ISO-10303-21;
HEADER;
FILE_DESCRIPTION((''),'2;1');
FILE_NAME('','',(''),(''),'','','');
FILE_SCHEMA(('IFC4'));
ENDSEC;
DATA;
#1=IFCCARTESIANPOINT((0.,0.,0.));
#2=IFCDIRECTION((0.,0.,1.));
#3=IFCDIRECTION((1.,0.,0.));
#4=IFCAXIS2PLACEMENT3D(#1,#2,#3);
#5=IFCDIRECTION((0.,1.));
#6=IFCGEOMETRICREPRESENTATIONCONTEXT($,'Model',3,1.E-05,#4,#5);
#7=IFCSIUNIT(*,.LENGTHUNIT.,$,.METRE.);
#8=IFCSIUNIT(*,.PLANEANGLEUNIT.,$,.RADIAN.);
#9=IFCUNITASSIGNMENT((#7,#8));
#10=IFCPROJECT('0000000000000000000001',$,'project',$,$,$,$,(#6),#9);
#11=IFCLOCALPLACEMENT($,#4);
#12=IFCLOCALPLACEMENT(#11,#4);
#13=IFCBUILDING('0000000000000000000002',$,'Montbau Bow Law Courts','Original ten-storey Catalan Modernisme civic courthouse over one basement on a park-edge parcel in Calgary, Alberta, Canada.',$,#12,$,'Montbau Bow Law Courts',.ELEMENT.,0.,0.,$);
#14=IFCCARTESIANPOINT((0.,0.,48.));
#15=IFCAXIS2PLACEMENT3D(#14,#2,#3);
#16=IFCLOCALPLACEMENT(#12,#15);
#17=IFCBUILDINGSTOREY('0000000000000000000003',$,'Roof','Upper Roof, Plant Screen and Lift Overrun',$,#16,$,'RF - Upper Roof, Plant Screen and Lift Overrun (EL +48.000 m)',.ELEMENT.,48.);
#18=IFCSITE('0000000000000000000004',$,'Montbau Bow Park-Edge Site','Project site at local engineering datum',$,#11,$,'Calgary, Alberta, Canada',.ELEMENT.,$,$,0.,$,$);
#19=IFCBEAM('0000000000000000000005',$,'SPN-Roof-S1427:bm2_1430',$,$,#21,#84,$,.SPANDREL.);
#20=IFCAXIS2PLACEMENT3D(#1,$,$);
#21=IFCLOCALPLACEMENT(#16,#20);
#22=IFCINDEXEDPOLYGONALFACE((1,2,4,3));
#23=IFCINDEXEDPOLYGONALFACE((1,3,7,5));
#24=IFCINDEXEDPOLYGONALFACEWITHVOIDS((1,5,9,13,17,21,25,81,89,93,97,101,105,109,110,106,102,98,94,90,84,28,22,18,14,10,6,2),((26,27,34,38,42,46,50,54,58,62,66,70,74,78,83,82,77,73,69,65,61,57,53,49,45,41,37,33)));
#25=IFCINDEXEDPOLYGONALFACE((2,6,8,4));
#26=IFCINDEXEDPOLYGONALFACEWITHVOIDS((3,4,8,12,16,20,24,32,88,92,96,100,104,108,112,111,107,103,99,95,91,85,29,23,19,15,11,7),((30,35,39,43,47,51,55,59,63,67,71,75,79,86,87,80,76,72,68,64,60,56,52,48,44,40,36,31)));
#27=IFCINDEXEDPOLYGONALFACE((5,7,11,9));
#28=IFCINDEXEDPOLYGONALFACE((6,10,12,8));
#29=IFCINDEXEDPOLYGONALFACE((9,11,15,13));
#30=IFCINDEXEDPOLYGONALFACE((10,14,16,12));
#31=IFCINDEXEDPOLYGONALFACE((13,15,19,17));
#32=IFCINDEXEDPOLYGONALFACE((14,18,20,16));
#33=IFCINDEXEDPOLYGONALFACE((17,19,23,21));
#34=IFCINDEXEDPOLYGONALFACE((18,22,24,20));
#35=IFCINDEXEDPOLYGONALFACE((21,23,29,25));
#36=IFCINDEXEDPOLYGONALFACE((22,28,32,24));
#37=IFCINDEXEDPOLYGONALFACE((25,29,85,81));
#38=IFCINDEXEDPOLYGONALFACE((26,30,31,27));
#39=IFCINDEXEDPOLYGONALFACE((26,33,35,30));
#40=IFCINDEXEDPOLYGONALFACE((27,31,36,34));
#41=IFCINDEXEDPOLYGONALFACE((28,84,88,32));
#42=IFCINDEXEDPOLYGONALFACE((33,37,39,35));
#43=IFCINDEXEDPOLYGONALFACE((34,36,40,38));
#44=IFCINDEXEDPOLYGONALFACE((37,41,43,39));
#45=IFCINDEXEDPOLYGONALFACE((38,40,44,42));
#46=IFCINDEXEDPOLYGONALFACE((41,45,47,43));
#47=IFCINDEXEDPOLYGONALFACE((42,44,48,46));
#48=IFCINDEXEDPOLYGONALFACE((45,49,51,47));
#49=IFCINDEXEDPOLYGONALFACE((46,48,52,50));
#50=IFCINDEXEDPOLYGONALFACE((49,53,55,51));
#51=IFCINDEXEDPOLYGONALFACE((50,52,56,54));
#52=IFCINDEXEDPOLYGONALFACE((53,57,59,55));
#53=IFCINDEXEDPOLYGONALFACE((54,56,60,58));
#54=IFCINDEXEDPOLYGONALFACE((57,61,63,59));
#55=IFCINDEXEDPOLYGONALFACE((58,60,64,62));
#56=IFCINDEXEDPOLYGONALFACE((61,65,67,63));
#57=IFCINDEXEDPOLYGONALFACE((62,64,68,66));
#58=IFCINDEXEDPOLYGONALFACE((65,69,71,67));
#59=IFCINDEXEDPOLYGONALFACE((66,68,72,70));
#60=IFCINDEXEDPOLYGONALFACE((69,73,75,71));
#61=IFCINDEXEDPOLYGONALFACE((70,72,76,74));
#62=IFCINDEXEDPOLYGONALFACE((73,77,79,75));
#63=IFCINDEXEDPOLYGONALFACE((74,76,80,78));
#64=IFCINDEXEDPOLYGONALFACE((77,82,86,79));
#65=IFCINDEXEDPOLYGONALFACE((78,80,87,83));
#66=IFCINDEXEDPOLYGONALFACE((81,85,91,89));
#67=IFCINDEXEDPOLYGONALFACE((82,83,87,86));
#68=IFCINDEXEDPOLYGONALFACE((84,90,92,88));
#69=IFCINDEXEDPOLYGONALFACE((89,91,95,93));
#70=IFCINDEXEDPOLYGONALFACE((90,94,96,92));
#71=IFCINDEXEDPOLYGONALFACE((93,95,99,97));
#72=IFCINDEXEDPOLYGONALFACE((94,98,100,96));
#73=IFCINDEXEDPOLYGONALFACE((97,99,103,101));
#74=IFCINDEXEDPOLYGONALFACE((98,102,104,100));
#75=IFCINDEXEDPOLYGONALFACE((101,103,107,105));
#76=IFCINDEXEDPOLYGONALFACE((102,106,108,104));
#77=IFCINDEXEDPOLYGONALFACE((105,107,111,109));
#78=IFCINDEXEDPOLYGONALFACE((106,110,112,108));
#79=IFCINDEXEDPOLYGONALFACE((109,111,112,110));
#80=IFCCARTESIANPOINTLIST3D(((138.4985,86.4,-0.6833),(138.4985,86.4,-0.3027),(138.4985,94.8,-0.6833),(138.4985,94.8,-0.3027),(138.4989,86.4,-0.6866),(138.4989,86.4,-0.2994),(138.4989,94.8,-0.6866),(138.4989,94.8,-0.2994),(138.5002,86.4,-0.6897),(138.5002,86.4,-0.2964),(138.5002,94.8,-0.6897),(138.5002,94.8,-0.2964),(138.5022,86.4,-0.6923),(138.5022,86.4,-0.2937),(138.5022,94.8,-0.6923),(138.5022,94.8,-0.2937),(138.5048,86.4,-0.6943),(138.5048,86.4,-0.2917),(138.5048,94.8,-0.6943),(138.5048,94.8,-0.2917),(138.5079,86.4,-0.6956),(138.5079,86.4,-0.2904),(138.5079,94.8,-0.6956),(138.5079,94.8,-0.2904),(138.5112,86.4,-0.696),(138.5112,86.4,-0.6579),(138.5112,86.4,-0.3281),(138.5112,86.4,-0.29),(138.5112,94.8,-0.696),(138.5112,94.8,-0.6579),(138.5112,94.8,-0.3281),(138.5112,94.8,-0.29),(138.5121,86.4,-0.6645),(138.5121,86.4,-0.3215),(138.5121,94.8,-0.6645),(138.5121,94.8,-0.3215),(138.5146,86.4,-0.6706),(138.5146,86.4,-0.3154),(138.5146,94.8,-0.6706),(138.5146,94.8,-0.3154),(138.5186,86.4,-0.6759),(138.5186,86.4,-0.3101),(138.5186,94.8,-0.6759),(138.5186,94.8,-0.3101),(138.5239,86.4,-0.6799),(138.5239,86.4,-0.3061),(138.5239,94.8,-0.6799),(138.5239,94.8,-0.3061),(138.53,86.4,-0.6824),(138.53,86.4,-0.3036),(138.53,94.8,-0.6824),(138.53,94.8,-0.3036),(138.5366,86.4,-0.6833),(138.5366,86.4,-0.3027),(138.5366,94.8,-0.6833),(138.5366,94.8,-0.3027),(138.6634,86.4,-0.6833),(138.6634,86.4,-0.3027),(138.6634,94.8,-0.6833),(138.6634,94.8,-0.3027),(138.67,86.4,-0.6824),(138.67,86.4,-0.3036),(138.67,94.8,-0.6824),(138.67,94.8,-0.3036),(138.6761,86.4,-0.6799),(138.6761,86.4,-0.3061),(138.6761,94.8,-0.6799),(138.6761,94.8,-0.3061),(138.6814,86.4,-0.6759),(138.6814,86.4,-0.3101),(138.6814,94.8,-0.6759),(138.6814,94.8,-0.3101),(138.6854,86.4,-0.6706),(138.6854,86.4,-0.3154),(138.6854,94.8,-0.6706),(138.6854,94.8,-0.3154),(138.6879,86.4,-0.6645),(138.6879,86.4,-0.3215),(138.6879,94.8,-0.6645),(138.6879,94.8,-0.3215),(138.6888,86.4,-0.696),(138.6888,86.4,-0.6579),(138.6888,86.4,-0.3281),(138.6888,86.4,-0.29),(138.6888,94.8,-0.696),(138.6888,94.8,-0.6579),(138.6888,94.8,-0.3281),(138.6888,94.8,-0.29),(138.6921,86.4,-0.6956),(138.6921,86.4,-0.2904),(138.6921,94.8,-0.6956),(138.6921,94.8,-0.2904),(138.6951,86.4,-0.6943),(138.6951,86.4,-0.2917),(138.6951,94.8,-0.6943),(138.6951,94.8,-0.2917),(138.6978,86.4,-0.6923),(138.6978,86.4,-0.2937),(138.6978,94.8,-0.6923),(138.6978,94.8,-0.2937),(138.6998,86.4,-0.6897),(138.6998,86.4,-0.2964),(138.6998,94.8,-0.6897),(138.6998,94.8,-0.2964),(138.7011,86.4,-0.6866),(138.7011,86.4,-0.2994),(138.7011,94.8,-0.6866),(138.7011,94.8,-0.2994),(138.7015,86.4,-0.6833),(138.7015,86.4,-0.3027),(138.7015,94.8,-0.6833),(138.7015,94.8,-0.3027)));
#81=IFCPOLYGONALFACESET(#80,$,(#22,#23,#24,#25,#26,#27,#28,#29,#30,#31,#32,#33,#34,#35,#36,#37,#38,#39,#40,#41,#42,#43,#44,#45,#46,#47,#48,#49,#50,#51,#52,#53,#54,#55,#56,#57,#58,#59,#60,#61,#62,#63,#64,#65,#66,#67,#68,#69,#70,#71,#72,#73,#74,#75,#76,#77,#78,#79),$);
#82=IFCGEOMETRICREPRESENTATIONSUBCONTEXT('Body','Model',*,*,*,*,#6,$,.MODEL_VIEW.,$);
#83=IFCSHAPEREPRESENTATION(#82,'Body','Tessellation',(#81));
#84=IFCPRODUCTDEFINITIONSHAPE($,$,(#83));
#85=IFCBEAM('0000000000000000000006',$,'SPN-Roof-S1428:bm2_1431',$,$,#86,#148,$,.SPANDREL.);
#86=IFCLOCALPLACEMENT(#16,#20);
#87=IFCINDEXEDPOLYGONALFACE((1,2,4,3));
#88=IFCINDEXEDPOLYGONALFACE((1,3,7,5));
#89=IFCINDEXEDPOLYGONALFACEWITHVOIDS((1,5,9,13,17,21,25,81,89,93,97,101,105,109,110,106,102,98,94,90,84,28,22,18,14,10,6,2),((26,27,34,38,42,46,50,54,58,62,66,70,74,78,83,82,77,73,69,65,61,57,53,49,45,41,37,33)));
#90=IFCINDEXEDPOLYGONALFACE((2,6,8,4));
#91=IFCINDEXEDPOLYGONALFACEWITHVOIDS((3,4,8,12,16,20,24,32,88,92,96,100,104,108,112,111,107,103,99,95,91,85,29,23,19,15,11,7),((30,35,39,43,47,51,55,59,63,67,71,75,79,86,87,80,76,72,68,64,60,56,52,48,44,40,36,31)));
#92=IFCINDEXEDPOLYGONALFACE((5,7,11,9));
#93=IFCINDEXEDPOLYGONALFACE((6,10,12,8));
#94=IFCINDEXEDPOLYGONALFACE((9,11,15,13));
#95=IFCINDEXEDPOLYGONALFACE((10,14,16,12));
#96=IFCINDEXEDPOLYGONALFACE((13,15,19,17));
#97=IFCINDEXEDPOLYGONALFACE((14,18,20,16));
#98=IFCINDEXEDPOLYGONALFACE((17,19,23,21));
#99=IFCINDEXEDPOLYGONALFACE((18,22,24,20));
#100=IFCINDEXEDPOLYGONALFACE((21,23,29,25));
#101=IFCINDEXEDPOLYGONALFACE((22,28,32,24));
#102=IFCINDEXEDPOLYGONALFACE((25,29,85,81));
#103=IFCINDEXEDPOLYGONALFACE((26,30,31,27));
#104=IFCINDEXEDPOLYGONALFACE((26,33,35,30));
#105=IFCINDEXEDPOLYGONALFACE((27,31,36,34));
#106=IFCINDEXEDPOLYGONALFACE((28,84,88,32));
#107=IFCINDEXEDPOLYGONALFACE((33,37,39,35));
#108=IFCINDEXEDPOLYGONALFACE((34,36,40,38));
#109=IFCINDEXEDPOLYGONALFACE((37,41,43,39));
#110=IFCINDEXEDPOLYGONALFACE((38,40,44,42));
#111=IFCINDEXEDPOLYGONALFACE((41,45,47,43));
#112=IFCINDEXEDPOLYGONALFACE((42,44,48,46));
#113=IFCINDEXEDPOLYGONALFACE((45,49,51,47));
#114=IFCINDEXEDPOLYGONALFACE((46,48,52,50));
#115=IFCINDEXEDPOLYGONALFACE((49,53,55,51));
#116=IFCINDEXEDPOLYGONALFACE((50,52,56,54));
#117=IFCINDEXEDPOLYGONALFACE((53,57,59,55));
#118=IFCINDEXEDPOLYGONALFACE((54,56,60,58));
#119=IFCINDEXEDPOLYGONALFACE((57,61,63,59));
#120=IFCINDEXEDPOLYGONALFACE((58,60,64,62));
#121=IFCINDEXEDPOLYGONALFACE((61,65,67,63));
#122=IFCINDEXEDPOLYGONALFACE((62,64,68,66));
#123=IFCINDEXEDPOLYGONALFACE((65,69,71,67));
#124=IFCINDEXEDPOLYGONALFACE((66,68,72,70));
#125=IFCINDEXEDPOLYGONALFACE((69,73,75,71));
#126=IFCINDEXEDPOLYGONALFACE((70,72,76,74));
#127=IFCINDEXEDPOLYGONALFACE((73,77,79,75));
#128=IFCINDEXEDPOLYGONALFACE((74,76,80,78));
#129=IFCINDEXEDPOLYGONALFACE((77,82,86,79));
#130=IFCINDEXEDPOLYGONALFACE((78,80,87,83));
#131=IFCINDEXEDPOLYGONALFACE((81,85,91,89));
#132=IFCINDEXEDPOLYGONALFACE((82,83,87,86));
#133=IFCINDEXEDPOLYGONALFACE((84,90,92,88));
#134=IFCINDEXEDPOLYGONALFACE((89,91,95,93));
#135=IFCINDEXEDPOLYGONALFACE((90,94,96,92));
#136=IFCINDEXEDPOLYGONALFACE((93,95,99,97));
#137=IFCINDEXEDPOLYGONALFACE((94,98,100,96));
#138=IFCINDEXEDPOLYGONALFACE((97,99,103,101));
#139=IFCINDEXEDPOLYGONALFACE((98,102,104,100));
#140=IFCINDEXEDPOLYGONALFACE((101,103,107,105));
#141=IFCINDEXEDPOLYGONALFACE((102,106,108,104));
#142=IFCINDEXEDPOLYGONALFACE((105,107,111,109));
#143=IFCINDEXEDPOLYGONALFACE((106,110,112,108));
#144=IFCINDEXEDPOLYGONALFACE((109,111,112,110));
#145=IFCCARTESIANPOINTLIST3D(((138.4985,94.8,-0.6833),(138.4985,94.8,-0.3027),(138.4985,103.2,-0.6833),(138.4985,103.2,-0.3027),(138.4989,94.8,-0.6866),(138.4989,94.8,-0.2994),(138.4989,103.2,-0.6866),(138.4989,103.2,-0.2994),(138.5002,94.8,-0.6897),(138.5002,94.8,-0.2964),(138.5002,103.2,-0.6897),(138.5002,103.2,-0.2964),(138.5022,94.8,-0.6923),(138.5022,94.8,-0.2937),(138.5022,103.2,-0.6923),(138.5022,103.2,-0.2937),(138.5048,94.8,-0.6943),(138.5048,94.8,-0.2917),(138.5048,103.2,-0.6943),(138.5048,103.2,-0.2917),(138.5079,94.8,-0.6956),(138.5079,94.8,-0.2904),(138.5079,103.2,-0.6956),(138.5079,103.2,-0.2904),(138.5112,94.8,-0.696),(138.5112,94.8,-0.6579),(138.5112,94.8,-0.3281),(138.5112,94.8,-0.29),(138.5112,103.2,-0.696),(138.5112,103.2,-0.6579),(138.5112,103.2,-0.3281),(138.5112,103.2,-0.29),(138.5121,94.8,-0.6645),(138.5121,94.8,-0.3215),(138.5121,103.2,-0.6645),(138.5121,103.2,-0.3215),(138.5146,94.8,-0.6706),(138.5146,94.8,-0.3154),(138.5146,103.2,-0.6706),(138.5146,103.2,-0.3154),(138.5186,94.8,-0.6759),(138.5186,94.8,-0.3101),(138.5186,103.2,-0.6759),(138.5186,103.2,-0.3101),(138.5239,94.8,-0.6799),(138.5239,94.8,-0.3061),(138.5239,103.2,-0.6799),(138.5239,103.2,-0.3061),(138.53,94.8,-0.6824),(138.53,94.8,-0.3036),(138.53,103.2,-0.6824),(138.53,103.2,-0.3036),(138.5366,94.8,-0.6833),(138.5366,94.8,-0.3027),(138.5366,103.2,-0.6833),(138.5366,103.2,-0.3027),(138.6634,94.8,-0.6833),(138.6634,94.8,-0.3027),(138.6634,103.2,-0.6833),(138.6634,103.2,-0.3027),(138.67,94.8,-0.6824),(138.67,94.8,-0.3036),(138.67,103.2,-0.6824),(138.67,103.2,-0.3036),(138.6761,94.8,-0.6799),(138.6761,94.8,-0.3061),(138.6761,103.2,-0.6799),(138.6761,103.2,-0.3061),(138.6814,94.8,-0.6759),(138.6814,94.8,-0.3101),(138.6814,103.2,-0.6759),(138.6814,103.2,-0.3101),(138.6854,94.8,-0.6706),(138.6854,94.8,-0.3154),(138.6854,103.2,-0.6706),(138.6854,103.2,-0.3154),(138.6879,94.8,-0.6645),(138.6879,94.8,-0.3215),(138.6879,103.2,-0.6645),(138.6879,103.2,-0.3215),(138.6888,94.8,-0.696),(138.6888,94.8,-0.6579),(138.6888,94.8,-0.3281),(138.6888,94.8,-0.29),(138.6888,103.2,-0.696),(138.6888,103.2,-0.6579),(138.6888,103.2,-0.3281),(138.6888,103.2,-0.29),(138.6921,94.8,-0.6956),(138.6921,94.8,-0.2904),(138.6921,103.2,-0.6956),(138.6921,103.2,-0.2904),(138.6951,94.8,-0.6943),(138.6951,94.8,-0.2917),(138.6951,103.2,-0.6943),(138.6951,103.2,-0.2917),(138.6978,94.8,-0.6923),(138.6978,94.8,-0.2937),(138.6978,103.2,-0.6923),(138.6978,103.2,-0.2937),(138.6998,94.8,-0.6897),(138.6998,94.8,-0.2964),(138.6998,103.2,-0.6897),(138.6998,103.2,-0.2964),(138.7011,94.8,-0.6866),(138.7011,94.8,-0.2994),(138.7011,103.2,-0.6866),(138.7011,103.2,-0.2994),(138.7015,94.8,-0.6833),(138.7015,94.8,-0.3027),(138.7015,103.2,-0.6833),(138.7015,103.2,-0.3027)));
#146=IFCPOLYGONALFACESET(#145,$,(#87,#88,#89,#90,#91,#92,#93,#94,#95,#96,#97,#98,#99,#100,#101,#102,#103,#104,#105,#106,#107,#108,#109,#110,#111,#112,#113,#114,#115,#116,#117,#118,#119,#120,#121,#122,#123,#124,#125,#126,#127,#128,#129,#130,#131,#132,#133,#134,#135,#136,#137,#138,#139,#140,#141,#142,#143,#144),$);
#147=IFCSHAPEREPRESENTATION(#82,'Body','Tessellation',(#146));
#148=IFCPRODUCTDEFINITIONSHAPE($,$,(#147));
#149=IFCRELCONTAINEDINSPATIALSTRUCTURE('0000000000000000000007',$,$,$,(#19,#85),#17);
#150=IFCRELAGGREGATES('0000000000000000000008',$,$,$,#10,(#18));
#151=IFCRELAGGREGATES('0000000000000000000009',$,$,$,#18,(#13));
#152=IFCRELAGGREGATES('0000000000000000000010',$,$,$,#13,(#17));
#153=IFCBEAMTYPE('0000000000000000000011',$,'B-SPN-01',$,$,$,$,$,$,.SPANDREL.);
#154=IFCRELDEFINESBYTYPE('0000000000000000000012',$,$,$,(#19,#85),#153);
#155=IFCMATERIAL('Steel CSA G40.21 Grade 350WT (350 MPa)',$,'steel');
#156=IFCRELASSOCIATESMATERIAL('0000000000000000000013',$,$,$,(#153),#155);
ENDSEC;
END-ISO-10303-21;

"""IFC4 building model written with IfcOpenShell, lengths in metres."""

from ifc_helpers import new_model, si_unit, direction, frame, origin_with_axes, origin_2d_with_axis, place, context, subcontext, project, spatial, hollow_rectangle, extrude, material, material_profile, profile_set, type_object, element, save


model = new_model("IFC4")

# Units and contexts
model_context = context("Model", 3, precision=1e-05, world=origin_with_axes(), true_north=direction((0.0, 1.0)))
body_context = subcontext(model_context, "Body", "Model", "MODEL_VIEW")
ifc_project = project(units=[si_unit("LENGTHUNIT", "METRE"), si_unit("PLANEANGLEUNIT", "RADIAN")], contexts=[model_context])

# Site, building, storey
site_placement = place(None, origin_with_axes())
site = spatial("IfcSite", under=ifc_project, at=site_placement, Name="Montbau Bow Park-Edge Site", Description="Project site at local engineering datum", LongName="Calgary, Alberta, Canada", CompositionType="ELEMENT", RefElevation=0.0)
building_placement = place(site_placement, origin_with_axes())
building = spatial("IfcBuilding", under=site, at=building_placement, Name="Montbau Bow Law Courts", Description="Original ten-storey Catalan Modernisme civic courthouse over one basement on a park-edge parcel in Calgary, Alberta, Canada.", LongName="Montbau Bow Law Courts", CompositionType="ELEMENT", ElevationOfRefHeight=0.0, ElevationOfTerrain=0.0)
storey_placement = place(building_placement, frame((0.0, 0.0, 48.0), z_axis=(0.0, 0.0, 1.0), x_axis=(1.0, 0.0, 0.0)))
storey = spatial("IfcBuildingStorey", under=building, at=storey_placement, Name="Roof", Description="Upper Roof, Plant Screen and Lift Overrun", LongName="RF - Upper Roof, Plant Screen and Lift Overrun (EL +48.000 m)", CompositionType="ELEMENT", Elevation=48.0)

# Beams
ifc_material_1 = material(Name="Steel CSA G40.21 Grade 350WT (350 MPa)", Category="steel")
ifc_material_profile_1 = material_profile(ifc_material_1, hollow_rectangle(XDim=0.203, YDim=0.406, WallThickness=0.0127, InnerFilletRadius=0.0254, OuterFilletRadius=0.0127, at=origin_2d_with_axis()), Name="HSS406X203X13", Category="Main", Priority=0)
ifc_profile_set_1 = profile_set([ifc_material_profile_1], Name="Steel CSA G40.21 Grade 350WT (350 MPa)")
beam_type_1 = type_object("IfcBeamType", Name="B-SPN-01", PredefinedType="SPANDREL", material=ifc_profile_set_1)
for number, where, z_axis, x_axis, name in (
    (1, (138.6, 86.4, 47.507), (0.0, 1.0, 0.0), (-1.0, 0.0, 0.0), "SPN-Roof-S1427:bm2_1430"),
    (2, (138.6, 94.8, 47.507), (0.0, 1.0, 0.0), (-1.0, 0.0, 0.0), "SPN-Roof-S1428:bm2_1431"),
):
    element("IfcBeam", number, at=place(None, frame(where, z_axis=z_axis, x_axis=x_axis)), inside=storey, type_object=beam_type_1, Name=name, PredefinedType="SPANDREL", context=body_context, shape_type="SweptSolid", body=[
        extrude(hollow_rectangle(XDim=0.203, YDim=0.406, WallThickness=0.0127, InnerFilletRadius=0.0254, OuterFilletRadius=0.0127, at=origin_2d_with_axis()), origin_with_axes(), (0.0, 0.0, 1.0), 8.4),
    ])

save(model, "model.ifc")
